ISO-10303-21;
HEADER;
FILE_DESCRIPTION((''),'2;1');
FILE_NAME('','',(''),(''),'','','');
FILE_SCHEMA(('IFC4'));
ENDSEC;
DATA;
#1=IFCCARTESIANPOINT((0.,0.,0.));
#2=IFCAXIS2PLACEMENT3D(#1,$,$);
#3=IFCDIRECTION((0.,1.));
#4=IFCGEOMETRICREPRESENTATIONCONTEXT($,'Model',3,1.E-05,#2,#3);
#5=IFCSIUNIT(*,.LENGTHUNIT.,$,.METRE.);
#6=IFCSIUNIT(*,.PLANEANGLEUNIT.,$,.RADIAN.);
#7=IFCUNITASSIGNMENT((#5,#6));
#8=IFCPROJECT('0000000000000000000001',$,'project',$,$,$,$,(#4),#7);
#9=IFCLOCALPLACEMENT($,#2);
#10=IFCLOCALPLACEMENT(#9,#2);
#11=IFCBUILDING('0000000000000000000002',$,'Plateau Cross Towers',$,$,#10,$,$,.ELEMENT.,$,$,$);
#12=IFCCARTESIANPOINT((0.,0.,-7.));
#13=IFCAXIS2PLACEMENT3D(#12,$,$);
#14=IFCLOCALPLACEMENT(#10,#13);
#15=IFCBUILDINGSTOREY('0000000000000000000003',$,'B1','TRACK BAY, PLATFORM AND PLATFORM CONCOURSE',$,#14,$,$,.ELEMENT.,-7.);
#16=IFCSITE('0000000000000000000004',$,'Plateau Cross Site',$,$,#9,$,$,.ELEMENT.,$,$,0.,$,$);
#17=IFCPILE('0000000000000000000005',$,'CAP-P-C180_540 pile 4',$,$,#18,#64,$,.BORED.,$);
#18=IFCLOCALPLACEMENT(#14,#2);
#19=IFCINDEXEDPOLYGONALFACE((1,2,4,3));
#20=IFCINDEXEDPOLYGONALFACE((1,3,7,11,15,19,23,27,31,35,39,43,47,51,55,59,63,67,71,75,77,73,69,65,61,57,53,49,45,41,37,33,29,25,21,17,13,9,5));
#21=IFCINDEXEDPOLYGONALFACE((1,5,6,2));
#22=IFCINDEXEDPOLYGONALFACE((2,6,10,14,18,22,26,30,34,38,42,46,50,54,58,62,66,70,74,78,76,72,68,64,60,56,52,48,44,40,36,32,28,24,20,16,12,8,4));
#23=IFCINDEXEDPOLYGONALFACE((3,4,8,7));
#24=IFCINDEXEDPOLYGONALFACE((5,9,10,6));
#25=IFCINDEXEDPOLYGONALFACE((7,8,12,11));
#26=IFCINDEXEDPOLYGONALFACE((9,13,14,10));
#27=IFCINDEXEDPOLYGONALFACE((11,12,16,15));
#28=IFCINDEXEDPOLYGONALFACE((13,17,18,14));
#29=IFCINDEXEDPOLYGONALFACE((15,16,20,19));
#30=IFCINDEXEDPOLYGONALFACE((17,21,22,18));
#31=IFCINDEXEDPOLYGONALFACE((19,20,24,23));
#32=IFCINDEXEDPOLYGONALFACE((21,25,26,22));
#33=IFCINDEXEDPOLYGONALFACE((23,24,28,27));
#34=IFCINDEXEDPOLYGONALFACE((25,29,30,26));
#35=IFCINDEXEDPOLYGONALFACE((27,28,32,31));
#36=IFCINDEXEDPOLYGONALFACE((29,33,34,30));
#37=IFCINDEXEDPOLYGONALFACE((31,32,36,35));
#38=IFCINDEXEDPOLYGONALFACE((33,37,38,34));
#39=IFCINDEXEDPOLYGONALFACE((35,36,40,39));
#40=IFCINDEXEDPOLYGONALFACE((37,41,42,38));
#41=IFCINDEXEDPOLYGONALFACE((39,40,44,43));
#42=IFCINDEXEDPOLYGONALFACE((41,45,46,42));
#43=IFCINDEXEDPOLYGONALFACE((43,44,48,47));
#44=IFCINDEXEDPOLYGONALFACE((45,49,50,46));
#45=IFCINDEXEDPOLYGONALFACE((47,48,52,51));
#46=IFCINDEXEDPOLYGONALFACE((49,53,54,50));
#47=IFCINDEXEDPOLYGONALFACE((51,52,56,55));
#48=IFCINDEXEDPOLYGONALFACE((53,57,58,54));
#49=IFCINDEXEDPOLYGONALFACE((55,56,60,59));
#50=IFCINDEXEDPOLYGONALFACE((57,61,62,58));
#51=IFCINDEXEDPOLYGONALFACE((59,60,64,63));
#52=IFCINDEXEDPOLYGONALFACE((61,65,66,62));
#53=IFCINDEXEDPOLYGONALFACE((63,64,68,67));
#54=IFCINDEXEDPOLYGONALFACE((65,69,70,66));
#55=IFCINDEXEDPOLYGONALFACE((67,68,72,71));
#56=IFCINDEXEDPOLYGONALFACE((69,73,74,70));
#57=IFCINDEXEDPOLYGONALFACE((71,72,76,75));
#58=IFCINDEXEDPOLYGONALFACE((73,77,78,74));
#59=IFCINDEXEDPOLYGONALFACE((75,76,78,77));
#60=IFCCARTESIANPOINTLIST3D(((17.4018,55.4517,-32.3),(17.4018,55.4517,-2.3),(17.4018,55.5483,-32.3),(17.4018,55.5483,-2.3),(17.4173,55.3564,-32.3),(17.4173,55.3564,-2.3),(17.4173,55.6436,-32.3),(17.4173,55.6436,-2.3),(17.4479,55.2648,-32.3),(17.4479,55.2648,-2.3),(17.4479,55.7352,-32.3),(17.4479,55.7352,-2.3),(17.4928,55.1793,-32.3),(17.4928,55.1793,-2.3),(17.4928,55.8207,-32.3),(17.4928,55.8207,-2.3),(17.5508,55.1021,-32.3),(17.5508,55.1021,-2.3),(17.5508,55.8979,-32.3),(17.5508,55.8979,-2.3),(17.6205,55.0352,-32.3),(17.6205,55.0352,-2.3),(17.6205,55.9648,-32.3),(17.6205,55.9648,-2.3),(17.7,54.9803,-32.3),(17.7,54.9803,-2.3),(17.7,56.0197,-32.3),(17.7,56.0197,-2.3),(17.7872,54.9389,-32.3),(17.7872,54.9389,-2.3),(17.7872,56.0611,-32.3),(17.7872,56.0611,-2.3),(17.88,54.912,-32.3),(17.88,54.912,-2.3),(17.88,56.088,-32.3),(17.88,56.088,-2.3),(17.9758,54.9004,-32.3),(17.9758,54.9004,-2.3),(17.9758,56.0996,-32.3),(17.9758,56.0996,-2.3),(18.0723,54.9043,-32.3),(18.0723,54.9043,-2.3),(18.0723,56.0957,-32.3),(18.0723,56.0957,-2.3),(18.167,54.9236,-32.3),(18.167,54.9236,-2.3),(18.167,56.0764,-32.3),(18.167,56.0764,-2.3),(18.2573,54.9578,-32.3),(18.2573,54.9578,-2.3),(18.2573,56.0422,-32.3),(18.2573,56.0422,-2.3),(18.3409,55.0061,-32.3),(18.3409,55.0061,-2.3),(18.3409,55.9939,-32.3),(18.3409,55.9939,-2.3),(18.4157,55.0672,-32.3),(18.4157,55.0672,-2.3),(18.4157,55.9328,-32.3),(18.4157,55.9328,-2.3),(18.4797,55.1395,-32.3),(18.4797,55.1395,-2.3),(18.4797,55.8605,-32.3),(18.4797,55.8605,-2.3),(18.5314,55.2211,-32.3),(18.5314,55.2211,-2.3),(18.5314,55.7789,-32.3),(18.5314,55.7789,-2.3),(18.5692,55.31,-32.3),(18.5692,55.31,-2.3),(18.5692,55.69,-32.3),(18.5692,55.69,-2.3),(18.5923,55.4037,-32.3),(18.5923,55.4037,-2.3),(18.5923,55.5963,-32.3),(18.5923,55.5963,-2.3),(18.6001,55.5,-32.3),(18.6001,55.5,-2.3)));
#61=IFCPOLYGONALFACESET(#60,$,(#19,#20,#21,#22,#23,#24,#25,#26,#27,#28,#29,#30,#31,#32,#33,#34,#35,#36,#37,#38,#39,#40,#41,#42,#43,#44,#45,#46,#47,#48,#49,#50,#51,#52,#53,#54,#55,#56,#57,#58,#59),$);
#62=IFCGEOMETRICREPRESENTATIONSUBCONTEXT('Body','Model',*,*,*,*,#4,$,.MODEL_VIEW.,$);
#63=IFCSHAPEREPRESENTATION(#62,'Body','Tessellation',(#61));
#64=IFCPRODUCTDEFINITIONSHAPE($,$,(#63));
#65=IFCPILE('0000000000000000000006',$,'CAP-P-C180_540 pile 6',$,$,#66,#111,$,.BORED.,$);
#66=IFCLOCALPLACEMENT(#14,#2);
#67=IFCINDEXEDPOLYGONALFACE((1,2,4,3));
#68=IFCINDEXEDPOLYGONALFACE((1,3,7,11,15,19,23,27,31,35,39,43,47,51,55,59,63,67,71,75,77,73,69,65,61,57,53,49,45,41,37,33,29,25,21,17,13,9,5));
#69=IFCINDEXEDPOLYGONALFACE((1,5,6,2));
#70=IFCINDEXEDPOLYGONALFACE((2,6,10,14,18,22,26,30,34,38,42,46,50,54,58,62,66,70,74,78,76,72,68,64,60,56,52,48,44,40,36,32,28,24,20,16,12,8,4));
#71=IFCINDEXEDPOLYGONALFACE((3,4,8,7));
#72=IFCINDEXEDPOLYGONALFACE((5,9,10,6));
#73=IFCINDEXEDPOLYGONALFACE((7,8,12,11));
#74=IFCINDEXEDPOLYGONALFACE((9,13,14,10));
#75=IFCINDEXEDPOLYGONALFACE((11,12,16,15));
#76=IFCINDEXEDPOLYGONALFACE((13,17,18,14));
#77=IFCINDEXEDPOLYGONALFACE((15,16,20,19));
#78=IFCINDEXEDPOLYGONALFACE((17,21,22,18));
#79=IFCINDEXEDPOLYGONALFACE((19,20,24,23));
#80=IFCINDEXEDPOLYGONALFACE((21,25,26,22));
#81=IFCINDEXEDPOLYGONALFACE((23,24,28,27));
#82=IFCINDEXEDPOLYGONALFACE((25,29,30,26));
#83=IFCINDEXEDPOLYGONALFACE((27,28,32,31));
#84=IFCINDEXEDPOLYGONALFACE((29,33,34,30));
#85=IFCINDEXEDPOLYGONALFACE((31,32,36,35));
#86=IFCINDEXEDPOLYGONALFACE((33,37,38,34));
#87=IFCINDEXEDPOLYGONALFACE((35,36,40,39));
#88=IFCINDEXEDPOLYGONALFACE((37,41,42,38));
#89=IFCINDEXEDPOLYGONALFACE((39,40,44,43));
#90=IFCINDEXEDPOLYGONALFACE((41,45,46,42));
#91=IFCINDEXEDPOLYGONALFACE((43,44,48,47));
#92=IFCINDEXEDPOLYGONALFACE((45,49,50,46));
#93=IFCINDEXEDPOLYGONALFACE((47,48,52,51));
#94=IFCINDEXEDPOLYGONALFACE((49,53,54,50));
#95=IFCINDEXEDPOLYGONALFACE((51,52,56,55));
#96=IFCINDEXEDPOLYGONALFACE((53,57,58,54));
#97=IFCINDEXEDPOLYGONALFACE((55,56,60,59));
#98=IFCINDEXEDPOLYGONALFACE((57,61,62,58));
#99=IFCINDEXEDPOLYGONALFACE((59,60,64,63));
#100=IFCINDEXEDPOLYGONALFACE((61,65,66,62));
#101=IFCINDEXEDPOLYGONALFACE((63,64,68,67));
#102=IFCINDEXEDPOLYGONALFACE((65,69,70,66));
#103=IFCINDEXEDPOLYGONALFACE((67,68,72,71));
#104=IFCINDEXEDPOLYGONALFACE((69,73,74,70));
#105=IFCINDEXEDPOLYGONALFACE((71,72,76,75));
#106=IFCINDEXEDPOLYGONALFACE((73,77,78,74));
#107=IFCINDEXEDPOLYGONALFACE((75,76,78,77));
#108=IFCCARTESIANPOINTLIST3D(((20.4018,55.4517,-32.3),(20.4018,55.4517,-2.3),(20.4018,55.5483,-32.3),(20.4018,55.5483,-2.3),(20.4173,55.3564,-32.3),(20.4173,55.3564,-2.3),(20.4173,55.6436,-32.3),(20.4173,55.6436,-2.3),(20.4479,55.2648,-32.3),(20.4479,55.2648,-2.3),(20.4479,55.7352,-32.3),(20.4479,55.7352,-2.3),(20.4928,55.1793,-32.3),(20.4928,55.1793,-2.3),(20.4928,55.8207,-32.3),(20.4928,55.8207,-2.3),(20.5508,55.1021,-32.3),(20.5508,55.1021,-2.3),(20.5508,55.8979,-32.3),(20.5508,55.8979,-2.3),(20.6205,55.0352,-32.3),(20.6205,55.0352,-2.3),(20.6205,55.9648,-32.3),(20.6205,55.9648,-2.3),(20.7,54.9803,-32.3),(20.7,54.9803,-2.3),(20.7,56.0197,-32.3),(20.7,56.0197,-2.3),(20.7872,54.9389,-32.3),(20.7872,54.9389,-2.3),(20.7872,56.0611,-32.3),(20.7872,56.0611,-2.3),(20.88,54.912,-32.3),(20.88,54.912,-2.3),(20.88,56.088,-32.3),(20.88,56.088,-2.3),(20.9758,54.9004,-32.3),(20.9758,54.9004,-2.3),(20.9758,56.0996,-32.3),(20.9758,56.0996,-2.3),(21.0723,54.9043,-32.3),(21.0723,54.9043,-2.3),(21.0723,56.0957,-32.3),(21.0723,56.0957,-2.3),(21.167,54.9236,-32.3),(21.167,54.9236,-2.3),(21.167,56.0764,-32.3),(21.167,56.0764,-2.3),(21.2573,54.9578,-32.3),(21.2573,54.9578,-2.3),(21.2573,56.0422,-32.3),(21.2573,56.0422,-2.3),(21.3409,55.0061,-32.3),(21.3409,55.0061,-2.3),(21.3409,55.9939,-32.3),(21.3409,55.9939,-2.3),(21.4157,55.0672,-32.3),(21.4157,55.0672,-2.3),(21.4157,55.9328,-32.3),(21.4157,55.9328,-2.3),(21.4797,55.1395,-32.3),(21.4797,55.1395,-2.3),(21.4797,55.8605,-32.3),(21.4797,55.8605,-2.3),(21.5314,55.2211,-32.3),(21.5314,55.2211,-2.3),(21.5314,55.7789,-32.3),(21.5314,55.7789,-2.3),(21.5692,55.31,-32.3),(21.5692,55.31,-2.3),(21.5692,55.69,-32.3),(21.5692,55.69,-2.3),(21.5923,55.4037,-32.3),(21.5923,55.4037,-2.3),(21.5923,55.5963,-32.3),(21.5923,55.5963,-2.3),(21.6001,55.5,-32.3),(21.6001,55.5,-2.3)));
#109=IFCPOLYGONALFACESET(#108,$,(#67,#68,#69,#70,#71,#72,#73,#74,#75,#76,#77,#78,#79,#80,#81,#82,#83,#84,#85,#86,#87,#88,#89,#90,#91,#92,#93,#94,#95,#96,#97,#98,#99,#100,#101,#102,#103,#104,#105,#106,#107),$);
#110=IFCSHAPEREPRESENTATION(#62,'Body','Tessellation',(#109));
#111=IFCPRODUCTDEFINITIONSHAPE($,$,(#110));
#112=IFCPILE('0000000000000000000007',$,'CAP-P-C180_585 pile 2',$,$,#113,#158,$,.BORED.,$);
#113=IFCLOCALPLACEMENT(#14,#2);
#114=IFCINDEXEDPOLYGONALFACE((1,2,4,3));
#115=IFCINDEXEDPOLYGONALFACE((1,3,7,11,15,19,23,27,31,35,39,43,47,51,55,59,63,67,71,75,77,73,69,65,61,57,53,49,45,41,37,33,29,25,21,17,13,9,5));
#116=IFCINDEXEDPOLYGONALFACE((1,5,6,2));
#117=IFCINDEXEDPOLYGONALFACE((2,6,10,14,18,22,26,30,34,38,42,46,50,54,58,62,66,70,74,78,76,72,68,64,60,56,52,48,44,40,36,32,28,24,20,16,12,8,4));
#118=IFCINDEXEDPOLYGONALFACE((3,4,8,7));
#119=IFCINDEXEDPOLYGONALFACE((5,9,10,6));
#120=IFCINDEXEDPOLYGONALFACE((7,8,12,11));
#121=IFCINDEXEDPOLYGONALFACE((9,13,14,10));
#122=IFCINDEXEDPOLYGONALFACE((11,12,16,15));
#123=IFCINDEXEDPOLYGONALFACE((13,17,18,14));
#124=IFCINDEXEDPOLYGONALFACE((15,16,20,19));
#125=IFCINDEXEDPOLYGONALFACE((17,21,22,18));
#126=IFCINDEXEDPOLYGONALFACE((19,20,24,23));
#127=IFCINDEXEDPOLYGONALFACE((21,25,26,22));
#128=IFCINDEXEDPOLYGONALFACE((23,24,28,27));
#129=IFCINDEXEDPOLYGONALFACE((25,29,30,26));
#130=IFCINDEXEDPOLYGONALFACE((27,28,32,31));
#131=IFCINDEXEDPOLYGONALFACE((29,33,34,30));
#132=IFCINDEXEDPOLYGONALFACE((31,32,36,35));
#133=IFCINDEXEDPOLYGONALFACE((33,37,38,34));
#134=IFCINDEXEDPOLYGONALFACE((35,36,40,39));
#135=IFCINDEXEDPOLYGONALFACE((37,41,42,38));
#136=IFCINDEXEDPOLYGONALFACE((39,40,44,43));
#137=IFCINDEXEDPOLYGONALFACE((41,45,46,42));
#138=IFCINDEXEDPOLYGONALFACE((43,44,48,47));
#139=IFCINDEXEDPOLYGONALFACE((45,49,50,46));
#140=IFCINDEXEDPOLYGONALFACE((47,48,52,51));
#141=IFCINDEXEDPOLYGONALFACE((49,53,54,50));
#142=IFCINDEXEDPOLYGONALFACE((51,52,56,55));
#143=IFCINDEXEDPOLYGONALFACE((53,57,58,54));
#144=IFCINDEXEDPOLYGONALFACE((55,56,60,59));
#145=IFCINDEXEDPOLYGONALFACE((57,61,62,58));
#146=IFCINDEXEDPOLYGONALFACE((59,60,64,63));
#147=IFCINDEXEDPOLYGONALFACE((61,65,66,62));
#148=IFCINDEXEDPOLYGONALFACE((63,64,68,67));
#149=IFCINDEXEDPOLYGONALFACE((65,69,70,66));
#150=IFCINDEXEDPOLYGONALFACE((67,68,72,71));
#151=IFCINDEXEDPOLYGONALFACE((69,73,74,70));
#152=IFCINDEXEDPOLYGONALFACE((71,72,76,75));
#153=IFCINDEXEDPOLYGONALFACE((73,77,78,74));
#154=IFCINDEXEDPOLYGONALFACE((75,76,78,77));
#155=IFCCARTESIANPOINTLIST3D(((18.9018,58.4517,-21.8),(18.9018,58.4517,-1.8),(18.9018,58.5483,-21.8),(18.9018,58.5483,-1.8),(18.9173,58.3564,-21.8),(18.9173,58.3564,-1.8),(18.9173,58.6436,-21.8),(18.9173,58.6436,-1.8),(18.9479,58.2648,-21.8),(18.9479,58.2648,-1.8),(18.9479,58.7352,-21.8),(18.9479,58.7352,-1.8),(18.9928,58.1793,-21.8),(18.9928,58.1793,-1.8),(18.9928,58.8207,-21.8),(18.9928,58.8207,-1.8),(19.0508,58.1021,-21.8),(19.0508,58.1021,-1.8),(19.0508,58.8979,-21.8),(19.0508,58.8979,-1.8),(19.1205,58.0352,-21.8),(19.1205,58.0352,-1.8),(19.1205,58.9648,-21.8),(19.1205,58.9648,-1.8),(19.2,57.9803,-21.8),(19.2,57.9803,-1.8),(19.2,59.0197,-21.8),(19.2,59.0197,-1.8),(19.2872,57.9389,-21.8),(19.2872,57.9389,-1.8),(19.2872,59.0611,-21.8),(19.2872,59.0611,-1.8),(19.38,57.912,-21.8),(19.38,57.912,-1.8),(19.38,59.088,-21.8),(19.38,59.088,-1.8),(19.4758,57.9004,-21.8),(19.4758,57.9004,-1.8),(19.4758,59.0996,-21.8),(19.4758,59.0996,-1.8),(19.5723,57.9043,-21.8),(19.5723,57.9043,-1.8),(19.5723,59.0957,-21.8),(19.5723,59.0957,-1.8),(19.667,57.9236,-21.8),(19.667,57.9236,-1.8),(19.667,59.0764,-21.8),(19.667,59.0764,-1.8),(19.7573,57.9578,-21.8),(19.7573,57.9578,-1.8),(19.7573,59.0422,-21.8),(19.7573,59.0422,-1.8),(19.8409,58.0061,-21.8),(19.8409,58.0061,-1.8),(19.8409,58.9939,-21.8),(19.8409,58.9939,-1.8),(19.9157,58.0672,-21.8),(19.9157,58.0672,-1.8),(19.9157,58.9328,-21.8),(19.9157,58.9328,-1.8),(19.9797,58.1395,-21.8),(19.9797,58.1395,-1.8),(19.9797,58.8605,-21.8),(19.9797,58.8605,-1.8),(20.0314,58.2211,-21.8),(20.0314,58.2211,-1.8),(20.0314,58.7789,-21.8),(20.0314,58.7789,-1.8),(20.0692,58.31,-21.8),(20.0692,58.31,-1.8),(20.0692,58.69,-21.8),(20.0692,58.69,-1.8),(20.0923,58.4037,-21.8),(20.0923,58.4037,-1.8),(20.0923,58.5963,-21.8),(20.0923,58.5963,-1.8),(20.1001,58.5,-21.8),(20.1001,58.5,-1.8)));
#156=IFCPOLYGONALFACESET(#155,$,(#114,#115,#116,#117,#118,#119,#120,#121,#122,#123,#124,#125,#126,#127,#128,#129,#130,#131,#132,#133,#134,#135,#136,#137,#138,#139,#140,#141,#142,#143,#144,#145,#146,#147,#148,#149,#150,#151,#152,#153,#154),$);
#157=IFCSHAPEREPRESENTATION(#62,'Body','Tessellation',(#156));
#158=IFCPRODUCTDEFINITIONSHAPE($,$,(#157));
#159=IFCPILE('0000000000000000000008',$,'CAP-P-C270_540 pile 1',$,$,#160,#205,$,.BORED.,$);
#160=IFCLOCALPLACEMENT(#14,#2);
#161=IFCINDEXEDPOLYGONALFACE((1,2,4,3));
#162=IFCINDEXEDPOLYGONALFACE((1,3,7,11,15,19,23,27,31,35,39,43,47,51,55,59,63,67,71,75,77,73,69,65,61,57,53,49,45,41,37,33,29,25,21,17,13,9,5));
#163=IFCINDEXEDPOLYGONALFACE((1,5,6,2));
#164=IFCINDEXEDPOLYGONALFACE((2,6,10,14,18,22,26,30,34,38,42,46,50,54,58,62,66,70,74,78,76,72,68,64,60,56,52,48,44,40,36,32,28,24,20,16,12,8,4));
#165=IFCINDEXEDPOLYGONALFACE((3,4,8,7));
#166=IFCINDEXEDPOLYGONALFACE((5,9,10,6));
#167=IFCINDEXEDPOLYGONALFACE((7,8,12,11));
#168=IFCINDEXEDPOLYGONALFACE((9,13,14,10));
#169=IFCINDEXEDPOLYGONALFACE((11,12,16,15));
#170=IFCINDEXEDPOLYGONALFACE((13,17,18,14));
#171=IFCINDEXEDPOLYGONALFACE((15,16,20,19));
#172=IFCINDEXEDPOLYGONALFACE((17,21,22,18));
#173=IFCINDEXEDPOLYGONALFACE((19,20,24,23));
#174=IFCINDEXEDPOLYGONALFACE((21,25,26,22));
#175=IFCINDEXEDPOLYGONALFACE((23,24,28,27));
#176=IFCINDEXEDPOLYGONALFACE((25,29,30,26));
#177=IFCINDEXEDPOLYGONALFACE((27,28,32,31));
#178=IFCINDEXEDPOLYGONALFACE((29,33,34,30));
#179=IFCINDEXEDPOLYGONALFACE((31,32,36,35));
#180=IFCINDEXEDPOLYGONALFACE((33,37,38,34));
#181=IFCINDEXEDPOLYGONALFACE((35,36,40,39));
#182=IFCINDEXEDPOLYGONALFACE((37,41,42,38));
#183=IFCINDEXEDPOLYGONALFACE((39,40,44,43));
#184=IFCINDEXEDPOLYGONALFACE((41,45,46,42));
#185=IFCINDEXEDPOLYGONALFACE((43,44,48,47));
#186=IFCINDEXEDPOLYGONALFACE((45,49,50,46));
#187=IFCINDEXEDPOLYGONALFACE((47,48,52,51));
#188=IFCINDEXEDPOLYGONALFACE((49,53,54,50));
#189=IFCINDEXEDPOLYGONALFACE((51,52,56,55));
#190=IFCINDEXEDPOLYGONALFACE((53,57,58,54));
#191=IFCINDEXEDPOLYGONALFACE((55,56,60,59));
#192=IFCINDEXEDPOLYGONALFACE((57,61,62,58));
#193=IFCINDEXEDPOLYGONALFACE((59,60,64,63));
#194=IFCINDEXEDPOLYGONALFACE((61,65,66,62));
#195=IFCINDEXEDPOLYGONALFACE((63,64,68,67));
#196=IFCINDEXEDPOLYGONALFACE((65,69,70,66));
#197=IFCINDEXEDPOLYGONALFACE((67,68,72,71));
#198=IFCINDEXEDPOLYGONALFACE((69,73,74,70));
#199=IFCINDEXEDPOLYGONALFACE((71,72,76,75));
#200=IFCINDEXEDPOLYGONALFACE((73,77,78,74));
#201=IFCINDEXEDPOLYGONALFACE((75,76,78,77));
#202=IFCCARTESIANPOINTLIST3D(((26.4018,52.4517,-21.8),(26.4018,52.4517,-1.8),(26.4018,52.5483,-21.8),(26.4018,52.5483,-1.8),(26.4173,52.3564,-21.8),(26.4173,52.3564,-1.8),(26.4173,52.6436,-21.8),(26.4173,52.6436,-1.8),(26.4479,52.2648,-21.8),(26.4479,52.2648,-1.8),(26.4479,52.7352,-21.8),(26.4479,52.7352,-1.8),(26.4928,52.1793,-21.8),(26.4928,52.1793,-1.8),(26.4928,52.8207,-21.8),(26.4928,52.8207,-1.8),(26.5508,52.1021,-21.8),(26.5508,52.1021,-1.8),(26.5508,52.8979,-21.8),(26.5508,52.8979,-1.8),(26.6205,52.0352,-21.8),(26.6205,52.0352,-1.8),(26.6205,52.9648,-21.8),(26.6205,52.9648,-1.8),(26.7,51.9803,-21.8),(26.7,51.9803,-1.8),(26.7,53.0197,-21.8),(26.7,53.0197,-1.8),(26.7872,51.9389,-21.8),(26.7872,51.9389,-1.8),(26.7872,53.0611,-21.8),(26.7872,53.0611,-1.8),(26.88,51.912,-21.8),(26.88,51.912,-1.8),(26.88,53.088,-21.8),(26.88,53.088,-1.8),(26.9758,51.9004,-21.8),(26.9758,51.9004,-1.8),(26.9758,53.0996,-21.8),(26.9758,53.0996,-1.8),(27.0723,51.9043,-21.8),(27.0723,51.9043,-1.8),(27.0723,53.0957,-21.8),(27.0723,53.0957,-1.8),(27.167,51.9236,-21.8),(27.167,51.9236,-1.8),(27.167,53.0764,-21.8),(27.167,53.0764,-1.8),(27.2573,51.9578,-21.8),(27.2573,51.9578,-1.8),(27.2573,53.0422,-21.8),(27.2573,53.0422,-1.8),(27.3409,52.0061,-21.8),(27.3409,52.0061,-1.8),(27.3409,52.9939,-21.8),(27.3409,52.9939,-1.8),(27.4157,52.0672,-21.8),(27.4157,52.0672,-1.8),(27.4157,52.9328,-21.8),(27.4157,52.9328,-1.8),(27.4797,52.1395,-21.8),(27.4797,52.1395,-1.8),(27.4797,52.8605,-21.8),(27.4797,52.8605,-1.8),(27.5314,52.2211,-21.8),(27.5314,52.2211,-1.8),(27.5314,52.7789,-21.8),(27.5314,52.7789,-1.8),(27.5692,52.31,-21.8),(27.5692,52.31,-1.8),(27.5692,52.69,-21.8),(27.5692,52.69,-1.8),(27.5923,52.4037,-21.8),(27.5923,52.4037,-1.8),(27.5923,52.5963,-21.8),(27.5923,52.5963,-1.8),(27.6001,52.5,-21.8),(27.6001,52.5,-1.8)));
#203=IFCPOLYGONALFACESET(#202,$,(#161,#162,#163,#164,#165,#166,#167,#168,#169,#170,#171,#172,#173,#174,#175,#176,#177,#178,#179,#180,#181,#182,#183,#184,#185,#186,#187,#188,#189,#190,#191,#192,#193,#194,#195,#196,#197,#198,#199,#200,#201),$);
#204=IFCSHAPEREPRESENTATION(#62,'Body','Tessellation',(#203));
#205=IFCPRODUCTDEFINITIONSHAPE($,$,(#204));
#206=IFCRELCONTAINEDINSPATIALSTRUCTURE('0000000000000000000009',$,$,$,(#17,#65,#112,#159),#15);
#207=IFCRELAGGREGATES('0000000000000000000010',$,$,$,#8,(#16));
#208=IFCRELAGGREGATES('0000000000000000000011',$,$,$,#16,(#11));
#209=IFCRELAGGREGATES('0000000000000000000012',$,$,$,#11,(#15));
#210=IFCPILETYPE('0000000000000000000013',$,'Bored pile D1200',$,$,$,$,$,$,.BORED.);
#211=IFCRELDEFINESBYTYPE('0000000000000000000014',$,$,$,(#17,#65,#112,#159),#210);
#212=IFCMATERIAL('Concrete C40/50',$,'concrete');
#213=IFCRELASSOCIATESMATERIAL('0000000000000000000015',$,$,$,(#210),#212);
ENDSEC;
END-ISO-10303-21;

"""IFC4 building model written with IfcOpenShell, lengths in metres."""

from ifc_helpers import new_model, si_unit, direction, frame, origin, origin_2d, place, context, subcontext, project, spatial, circle, extrude, material, material_profile, profile_set, type_object, element, save


model = new_model("IFC4")

# Units and contexts
model_context = context("Model", 3, precision=1e-05, world=origin(), true_north=direction((0.0, 1.0)))
body_context = subcontext(model_context, "Body", "Model", "MODEL_VIEW")
ifc_project = project(units=[si_unit("LENGTHUNIT", "METRE"), si_unit("PLANEANGLEUNIT", "RADIAN")], contexts=[model_context])

# Site, building, storey
site_placement = place(None, origin())
site = spatial("IfcSite", under=ifc_project, at=site_placement, Name="Plateau Cross Site", CompositionType="ELEMENT", RefElevation=0.0)
building_placement = place(site_placement, origin())
building = spatial("IfcBuilding", under=site, at=building_placement, Name="Plateau Cross Towers", CompositionType="ELEMENT")
storey_placement = place(building_placement, frame((0.0, 0.0, -7.0)))
storey = spatial("IfcBuildingStorey", under=building, at=storey_placement, Name="B1", Description="TRACK BAY, PLATFORM AND PLATFORM CONCOURSE", CompositionType="ELEMENT", Elevation=-7.0)

# Piles
ifc_material_1 = material(Name="Concrete C40/50", Category="concrete")
ifc_material_profile_1 = material_profile(ifc_material_1, circle(Radius=0.6001, at=origin_2d()), Name="Bored pile D1200")
ifc_profile_set_1 = profile_set([ifc_material_profile_1], Name="Concrete C40/50")
pile_type = type_object("IfcPileType", Name="Bored pile D1200", PredefinedType="BORED", material=ifc_profile_set_1)
for number, where, z_axis, x_axis, name in (
    (1, (18.0, 55.5, -2.3), (0.0, 0.0, -1.0), (1.0, 0.0, 0.0), "CAP-P-C180_540 pile 4"),
    (2, (21.0, 55.5, -2.3), (0.0, 0.0, -1.0), (1.0, 0.0, 0.0), "CAP-P-C180_540 pile 6"),
):
    element("IfcPile", number, at=place(storey_placement, frame(where, z_axis=z_axis, x_axis=x_axis)), inside=storey, type_object=pile_type, Name=name, PredefinedType="BORED", context=body_context, shape_type="SweptSolid", body=[
        extrude(circle(Radius=0.6001, at=origin_2d()), origin(), (0.0, 0.0, 1.0), 30.0),
    ])
for number, where, z_axis, x_axis, name in (
    (3, (19.5, 58.5, -1.8), (0.0, 0.0, -1.0), (1.0, 0.0, 0.0), "CAP-P-C180_585 pile 2"),
    (4, (27.0, 52.5, -1.8), (0.0, 0.0, -1.0), (1.0, 0.0, 0.0), "CAP-P-C270_540 pile 1"),
):
    element("IfcPile", number, at=place(storey_placement, frame(where, z_axis=z_axis, x_axis=x_axis)), inside=storey, type_object=pile_type, Name=name, PredefinedType="BORED", context=body_context, shape_type="SweptSolid", body=[
        extrude(circle(Radius=0.6001, at=origin_2d()), origin(), (0.0, 0.0, 1.0), 20.0),
    ])

save(model, "model.ifc")
